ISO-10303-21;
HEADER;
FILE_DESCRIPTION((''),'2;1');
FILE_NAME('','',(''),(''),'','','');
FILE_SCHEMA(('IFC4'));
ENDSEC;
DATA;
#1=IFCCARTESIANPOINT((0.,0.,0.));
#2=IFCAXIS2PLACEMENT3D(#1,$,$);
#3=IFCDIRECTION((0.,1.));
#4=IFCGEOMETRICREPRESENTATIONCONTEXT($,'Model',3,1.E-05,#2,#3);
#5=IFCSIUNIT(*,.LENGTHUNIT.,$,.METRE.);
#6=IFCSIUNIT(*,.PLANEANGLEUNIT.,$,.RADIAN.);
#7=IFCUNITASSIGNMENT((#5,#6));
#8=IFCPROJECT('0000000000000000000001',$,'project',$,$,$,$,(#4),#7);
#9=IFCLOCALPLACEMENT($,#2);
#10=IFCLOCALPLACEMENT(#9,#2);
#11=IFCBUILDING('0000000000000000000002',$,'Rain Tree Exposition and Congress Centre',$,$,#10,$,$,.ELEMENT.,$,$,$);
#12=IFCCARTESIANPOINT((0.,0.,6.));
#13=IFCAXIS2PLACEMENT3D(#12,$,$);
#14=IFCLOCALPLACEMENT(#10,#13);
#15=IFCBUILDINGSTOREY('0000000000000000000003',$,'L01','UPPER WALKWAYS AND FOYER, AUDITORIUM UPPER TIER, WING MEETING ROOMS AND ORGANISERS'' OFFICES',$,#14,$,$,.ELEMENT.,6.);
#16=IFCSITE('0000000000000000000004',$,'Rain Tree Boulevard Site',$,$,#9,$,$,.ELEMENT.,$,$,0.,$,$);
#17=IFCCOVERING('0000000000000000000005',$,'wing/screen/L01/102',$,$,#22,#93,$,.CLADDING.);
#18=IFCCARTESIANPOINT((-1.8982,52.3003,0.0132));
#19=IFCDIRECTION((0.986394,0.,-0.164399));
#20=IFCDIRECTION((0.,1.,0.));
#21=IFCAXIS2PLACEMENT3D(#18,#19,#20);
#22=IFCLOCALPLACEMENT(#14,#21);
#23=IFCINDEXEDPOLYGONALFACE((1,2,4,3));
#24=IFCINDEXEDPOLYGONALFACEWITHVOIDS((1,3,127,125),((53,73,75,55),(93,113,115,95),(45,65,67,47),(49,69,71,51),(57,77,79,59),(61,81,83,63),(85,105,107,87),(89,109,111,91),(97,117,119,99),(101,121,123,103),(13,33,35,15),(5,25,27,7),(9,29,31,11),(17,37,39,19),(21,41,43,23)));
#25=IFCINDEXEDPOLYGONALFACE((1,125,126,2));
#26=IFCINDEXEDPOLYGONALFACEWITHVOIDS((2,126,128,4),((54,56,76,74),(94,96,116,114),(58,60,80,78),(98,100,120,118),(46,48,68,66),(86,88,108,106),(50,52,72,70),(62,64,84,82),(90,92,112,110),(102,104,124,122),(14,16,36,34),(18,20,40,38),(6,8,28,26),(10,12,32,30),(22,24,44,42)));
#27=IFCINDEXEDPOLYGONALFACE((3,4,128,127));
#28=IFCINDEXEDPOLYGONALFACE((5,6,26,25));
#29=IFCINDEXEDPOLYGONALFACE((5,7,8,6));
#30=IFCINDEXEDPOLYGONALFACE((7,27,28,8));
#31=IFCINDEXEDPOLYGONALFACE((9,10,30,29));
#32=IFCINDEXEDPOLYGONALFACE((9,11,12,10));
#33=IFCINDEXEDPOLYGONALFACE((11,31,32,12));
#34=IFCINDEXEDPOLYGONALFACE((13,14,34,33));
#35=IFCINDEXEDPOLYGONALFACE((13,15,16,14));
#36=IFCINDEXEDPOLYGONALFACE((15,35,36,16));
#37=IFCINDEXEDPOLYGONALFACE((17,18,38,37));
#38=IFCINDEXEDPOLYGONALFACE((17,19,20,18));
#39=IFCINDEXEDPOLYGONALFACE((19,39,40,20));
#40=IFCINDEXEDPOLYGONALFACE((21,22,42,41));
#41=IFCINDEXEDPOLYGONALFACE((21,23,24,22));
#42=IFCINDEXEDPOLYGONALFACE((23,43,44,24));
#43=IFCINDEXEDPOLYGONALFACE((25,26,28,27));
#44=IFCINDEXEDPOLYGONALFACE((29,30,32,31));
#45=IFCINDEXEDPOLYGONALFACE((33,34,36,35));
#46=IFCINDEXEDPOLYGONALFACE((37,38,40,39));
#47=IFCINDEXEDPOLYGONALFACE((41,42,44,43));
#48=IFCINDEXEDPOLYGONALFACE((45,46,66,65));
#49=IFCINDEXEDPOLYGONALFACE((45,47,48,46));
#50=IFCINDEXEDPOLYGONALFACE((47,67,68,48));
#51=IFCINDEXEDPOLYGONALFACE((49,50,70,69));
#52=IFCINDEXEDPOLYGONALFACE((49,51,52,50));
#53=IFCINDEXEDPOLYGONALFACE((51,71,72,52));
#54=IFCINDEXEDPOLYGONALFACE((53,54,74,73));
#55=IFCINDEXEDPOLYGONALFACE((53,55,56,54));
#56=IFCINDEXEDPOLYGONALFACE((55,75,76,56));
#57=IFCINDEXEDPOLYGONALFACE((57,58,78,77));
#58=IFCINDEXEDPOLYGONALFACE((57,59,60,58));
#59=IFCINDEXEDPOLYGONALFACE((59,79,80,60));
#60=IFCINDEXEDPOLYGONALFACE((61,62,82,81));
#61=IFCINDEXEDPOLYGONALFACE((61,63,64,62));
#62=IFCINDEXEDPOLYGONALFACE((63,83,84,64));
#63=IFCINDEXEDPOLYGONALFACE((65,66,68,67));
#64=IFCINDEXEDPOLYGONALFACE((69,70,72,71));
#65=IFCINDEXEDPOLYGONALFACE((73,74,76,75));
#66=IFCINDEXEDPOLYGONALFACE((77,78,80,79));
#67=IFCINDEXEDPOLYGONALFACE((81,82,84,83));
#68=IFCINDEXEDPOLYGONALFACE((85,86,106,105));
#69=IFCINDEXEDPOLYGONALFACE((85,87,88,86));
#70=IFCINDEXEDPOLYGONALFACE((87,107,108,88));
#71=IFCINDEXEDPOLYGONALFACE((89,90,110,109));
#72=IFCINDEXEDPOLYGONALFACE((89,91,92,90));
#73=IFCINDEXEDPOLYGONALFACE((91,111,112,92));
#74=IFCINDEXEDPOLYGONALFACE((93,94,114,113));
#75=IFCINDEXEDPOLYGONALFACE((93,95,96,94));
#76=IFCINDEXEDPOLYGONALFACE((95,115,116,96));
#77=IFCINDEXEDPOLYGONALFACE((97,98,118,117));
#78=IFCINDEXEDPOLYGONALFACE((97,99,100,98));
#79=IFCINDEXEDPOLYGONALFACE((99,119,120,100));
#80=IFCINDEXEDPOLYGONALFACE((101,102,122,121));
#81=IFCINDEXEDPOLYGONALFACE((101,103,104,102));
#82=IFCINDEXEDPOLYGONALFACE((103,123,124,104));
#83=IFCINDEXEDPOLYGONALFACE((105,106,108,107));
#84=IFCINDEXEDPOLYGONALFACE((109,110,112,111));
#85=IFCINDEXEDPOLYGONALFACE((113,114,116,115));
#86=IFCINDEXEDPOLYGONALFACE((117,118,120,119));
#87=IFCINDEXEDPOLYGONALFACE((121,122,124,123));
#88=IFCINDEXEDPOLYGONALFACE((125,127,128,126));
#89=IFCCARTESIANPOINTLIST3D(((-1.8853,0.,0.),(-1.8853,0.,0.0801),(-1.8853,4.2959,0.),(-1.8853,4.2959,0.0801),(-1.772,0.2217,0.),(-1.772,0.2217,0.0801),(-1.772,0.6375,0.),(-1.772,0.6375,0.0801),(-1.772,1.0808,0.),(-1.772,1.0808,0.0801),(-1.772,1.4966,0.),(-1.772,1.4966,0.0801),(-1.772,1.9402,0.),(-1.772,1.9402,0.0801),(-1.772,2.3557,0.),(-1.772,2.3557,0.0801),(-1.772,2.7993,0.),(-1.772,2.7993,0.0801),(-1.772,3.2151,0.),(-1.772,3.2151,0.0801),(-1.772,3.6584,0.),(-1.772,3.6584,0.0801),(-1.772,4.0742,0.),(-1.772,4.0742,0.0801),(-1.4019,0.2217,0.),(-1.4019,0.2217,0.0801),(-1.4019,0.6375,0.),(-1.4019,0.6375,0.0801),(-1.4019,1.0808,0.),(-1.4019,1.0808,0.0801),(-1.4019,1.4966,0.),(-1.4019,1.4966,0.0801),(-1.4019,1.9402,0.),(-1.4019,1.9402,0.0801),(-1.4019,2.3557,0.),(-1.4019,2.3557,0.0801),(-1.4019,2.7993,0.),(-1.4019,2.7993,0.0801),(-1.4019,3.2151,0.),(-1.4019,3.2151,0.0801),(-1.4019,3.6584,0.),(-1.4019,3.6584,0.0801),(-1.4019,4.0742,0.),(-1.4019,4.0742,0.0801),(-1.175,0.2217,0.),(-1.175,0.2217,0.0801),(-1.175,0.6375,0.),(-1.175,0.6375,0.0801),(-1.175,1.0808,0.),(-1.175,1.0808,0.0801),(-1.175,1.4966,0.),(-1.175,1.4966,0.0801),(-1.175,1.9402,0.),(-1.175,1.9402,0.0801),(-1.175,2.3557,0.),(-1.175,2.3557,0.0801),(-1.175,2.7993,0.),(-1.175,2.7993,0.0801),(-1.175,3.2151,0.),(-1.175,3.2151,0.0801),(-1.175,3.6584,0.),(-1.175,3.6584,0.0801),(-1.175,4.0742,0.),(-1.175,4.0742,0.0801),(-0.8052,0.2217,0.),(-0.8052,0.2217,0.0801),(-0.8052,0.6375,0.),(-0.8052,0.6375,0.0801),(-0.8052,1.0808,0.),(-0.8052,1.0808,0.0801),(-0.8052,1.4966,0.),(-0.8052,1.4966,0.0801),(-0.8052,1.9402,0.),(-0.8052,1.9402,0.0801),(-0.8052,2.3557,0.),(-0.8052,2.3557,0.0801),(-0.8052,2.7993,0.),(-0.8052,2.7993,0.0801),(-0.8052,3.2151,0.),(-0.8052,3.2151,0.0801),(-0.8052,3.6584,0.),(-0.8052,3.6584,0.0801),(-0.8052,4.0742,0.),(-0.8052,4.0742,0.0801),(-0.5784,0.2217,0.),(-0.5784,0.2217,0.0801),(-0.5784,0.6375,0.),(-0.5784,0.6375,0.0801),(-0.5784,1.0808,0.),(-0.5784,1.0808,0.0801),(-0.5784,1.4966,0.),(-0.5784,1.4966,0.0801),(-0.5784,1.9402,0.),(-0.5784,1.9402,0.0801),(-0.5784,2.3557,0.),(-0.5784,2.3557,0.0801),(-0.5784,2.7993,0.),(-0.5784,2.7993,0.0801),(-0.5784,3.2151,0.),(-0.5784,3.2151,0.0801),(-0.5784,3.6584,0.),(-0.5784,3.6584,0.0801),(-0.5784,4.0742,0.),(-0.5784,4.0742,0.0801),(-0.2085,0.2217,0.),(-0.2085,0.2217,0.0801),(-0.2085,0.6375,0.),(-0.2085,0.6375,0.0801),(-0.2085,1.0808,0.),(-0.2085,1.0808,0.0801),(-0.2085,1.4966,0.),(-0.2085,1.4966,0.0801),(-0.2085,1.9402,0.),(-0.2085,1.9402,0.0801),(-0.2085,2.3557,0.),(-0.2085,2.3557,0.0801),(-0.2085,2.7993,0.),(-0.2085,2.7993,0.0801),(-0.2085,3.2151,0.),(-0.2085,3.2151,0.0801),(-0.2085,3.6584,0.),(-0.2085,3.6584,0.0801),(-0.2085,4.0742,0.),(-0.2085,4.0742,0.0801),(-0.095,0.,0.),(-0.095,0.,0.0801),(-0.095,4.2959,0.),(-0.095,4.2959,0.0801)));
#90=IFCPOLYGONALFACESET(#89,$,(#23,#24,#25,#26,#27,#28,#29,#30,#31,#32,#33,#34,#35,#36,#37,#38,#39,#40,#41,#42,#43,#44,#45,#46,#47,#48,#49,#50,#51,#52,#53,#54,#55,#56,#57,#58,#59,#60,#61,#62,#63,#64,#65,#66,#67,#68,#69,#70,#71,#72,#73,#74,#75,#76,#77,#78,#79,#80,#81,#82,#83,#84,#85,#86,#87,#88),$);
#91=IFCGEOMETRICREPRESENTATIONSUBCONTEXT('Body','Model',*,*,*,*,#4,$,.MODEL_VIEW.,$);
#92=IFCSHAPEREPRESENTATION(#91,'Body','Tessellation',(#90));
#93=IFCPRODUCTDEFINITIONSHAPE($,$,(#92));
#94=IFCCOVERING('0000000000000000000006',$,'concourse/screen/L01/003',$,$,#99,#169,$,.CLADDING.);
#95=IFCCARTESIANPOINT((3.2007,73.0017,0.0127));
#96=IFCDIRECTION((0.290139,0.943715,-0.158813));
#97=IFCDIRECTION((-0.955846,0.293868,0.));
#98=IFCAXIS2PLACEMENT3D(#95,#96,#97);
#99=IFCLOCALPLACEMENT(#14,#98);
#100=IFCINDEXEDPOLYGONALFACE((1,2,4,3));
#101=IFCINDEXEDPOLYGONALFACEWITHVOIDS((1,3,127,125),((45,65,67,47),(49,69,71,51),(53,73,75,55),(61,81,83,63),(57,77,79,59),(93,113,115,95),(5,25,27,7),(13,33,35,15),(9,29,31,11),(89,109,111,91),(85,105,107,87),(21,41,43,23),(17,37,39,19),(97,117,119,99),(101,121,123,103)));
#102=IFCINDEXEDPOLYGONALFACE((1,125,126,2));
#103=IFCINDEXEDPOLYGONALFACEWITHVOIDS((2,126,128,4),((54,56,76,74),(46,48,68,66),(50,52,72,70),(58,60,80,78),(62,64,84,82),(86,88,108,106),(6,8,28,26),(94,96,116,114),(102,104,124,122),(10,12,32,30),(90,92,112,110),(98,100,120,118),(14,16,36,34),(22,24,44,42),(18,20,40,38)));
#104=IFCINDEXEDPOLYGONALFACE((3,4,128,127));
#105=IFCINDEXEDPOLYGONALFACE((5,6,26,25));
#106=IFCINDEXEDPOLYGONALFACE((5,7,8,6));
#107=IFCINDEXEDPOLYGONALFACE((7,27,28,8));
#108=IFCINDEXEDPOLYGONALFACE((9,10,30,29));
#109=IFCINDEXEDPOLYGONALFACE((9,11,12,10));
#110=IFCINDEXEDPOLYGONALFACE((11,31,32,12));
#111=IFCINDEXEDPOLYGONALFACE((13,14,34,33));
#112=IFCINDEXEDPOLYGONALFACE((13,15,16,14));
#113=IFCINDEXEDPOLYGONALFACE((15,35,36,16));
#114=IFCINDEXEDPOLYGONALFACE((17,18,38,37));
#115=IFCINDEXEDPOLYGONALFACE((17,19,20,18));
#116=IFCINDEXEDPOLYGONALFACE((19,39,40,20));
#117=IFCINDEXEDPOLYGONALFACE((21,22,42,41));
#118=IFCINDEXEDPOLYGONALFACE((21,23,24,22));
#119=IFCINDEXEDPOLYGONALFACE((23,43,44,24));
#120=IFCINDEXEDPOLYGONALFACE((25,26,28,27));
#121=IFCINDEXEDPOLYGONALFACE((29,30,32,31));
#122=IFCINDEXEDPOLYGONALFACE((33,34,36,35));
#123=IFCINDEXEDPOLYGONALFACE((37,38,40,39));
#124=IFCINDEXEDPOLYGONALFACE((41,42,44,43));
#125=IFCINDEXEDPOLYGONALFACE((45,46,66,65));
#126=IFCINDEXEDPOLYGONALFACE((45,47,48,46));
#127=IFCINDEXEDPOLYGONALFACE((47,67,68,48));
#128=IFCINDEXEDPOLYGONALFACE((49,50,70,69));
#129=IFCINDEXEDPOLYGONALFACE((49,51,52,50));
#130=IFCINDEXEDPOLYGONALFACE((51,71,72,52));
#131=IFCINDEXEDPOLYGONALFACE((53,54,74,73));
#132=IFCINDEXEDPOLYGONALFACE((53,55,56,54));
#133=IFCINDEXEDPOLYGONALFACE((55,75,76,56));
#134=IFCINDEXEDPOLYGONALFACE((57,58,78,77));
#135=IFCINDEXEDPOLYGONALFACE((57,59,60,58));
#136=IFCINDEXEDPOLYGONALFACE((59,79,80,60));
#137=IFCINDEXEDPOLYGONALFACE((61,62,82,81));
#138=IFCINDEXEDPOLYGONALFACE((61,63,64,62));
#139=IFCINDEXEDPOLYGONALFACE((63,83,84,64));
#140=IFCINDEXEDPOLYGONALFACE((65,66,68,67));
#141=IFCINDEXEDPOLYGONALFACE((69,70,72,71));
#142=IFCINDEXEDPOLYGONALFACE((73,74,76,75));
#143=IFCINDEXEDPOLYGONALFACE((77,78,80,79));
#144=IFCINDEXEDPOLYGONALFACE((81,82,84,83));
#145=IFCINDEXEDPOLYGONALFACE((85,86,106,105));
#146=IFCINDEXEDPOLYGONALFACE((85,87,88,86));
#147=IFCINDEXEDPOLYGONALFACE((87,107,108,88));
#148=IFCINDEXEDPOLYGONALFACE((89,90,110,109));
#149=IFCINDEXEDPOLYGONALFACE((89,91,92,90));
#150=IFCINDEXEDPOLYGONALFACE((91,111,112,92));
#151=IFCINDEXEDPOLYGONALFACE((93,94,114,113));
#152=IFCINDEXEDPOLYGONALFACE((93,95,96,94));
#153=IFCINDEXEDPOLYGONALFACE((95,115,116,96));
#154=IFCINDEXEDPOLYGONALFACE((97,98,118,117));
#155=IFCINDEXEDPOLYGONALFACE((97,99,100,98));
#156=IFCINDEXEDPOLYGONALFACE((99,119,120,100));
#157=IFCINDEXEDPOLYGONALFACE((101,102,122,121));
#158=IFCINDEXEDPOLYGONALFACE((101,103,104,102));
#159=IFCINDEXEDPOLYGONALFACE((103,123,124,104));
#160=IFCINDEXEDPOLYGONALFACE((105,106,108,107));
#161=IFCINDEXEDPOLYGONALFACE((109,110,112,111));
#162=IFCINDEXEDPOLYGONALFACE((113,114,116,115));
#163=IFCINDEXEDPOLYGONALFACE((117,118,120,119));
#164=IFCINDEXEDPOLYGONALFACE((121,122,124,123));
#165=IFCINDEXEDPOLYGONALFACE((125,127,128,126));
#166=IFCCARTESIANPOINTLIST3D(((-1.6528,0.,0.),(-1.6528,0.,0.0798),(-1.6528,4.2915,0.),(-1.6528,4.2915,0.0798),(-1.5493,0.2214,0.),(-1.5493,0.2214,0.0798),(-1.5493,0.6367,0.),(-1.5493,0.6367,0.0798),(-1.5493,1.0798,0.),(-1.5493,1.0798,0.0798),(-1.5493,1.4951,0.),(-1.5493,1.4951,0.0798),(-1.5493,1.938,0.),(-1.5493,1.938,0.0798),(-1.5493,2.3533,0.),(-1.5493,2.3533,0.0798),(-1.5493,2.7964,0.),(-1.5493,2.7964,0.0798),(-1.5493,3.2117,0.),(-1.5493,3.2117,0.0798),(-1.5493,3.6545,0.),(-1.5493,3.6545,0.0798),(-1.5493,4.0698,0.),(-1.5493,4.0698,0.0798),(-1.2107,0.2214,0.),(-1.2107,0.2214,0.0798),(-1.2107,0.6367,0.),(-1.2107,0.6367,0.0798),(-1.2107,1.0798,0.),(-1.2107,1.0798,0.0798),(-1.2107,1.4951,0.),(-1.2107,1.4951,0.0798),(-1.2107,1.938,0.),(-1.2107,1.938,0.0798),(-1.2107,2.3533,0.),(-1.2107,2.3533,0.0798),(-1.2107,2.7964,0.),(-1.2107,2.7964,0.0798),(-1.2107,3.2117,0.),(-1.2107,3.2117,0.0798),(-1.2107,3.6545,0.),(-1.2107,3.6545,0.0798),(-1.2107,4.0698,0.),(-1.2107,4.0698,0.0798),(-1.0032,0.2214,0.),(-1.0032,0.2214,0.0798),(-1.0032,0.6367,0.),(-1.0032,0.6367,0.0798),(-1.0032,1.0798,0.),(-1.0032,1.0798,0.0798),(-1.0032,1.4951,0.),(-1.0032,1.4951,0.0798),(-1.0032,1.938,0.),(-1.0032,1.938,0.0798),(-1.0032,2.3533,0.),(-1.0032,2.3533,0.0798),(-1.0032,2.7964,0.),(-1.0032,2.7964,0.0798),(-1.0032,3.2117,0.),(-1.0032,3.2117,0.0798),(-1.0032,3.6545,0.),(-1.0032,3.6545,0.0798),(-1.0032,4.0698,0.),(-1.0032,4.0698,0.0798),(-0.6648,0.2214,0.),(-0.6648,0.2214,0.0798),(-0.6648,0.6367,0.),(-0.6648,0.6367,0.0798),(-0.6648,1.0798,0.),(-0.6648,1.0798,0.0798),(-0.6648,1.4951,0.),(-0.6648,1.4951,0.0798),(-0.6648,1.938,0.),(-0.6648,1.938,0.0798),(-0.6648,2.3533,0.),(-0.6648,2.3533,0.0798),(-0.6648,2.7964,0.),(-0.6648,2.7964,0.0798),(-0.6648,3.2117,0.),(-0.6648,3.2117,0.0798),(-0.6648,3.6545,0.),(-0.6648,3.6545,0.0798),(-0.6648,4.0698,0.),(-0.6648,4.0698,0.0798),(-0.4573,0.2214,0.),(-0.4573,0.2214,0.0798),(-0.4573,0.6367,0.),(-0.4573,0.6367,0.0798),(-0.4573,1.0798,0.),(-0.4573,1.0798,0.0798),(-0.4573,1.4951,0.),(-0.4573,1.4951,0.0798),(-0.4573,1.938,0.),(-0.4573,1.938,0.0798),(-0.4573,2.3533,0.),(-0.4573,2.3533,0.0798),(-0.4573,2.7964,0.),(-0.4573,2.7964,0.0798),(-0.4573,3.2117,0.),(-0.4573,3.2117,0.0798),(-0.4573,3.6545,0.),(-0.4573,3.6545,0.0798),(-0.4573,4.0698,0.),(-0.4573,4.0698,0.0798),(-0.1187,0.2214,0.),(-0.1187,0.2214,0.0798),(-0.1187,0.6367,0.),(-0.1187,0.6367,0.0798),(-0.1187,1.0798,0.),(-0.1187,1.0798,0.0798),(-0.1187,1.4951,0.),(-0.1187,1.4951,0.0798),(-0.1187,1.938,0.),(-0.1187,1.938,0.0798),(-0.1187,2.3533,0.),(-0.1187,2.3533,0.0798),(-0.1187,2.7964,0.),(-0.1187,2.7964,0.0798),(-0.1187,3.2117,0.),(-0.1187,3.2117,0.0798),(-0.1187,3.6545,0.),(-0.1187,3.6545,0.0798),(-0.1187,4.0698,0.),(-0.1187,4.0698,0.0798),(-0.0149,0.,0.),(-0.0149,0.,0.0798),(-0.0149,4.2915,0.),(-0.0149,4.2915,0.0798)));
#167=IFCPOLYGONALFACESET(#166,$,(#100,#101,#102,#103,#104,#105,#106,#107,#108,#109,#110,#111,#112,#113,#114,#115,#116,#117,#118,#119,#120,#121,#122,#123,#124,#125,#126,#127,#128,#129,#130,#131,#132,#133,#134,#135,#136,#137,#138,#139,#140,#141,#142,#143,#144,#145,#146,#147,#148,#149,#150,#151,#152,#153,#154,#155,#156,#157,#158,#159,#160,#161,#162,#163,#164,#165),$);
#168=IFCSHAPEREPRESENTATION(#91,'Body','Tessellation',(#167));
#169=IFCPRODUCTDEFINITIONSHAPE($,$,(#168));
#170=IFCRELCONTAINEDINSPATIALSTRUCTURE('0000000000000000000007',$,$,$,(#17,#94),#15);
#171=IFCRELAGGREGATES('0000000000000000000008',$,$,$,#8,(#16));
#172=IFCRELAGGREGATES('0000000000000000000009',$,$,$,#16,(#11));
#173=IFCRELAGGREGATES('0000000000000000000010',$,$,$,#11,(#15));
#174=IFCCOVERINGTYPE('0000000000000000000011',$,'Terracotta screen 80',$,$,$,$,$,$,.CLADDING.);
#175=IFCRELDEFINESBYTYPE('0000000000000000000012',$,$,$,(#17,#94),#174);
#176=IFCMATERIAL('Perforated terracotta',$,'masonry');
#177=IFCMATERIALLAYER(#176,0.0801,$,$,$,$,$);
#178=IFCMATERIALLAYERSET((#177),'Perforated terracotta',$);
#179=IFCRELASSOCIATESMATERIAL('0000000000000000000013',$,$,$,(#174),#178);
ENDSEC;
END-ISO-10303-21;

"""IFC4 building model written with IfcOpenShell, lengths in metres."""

from ifc_helpers import new_model, si_unit, direction, frame, origin, place, context, subcontext, project, spatial, polyline, outline, extrude, material, layer, layer_set, type_object, element, save


model = new_model("IFC4")

# Units and contexts
model_context = context("Model", 3, precision=1e-05, world=origin(), true_north=direction((0.0, 1.0)))
body_context = subcontext(model_context, "Body", "Model", "MODEL_VIEW")
ifc_project = project(units=[si_unit("LENGTHUNIT", "METRE"), si_unit("PLANEANGLEUNIT", "RADIAN")], contexts=[model_context])

# Site, building, storey
site_placement = place(None, origin())
site = spatial("IfcSite", under=ifc_project, at=site_placement, Name="Rain Tree Boulevard Site", CompositionType="ELEMENT", RefElevation=0.0)
building_placement = place(site_placement, origin())
building = spatial("IfcBuilding", under=site, at=building_placement, Name="Rain Tree Exposition and Congress Centre", CompositionType="ELEMENT")
storey_placement = place(building_placement, frame((0.0, 0.0, 6.0)))
storey = spatial("IfcBuildingStorey", under=building, at=storey_placement, Name="L01", Description="UPPER WALKWAYS AND FOYER, AUDITORIUM UPPER TIER, WING MEETING ROOMS AND ORGANISERS' OFFICES", CompositionType="ELEMENT", Elevation=6.0)

# Coverings
ifc_material_1 = material(Name="Perforated terracotta", Category="masonry")
ifc_layer = layer(ifc_material_1, 0.0801)
ifc_layer_set = layer_set([ifc_layer], Name="Perforated terracotta")
covering_type = type_object("IfcCoveringType", Name="Terracotta screen 80", PredefinedType="CLADDING", material=ifc_layer_set)
covering_1_placement = place(storey_placement, frame((-1.8982, 52.3003, 0.0132), z_axis=(0.986394, 0.0, -0.164399), x_axis=(0.0, 1.0, 0.0)))
element("IfcCovering", 1, at=covering_1_placement, inside=storey, type_object=covering_type, Name="wing/screen/L01/102", PredefinedType="CLADDING", context=body_context, shape_type="SweptSolid", body=[
    extrude(outline(polyline([(-1.8853, 0.0), (-1.8853, 4.2959), (-0.095, 4.2959), (-0.095, 0.0), (-1.8853, 0.0)]), holes=[polyline([(-0.2085, 0.2217), (-0.2085, 0.6375), (-0.5784, 0.6375), (-0.5784, 0.2217), (-0.2085, 0.2217)]), polyline([(-0.2085, 1.0808), (-0.2085, 1.4966), (-0.5784, 1.4966), (-0.5784, 1.0808), (-0.2085, 1.0808)]), polyline([(-0.2085, 1.9402), (-0.2085, 2.3557), (-0.5784, 2.3557), (-0.5784, 1.9402), (-0.2085, 1.9402)]), polyline([(-0.2085, 2.7993), (-0.2085, 3.2151), (-0.5784, 3.2151), (-0.5784, 2.7993), (-0.2085, 2.7993)]), polyline([(-0.2085, 3.6584), (-0.2085, 4.0742), (-0.5784, 4.0742), (-0.5784, 3.6584), (-0.2085, 3.6584)]), polyline([(-0.8052, 0.2217), (-0.8052, 0.6375), (-1.175, 0.6375), (-1.175, 0.2217), (-0.8052, 0.2217)]), polyline([(-0.8052, 1.0808), (-0.8052, 1.4966), (-1.175, 1.4966), (-1.175, 1.0808), (-0.8052, 1.0808)]), polyline([(-0.8052, 1.9402), (-0.8052, 2.3557), (-1.175, 2.3557), (-1.175, 1.9402), (-0.8052, 1.9402)]), polyline([(-0.8052, 2.7993), (-0.8052, 3.2151), (-1.175, 3.2151), (-1.175, 2.7993), (-0.8052, 2.7993)]), polyline([(-0.8052, 3.6584), (-0.8052, 4.0742), (-1.175, 4.0742), (-1.175, 3.6584), (-0.8052, 3.6584)]), polyline([(-1.4019, 0.2217), (-1.4019, 0.6375), (-1.772, 0.6375), (-1.772, 0.2217), (-1.4019, 0.2217)]), polyline([(-1.4019, 1.0808), (-1.4019, 1.4966), (-1.772, 1.4966), (-1.772, 1.0808), (-1.4019, 1.0808)]), polyline([(-1.4019, 1.9402), (-1.4019, 2.3557), (-1.772, 2.3557), (-1.772, 1.9402), (-1.4019, 1.9402)]), polyline([(-1.4019, 2.7993), (-1.4019, 3.2151), (-1.772, 3.2151), (-1.772, 2.7993), (-1.4019, 2.7993)]), polyline([(-1.4019, 3.6584), (-1.4019, 4.0742), (-1.772, 4.0742), (-1.772, 3.6584), (-1.4019, 3.6584)])]), origin(), (0.0, 0.0, 1.0), 0.0801),
])
covering_2_placement = place(storey_placement, frame((3.2007, 73.0017, 0.0127), z_axis=(0.290139, 0.943715, -0.158813), x_axis=(-0.955846, 0.293868, 0.0)))
element("IfcCovering", 2, at=covering_2_placement, inside=storey, type_object=covering_type, Name="concourse/screen/L01/003", PredefinedType="CLADDING", context=body_context, shape_type="SweptSolid", body=[
    extrude(outline(polyline([(-1.6528, 0.0), (-1.6528, 4.2915), (-0.0149, 4.2915), (-0.0149, 0.0), (-1.6528, 0.0)]), holes=[polyline([(-0.1187, 0.2214), (-0.1187, 0.6367), (-0.4573, 0.6367), (-0.4573, 0.2214), (-0.1187, 0.2214)]), polyline([(-0.1187, 1.0798), (-0.1187, 1.4951), (-0.4573, 1.4951), (-0.4573, 1.0798), (-0.1187, 1.0798)]), polyline([(-0.1187, 1.938), (-0.1187, 2.3533), (-0.4573, 2.3533), (-0.4573, 1.938), (-0.1187, 1.938)]), polyline([(-0.1187, 2.7964), (-0.1187, 3.2117), (-0.4573, 3.2117), (-0.4573, 2.7964), (-0.1187, 2.7964)]), polyline([(-0.1187, 3.6545), (-0.1187, 4.0698), (-0.4573, 4.0698), (-0.4573, 3.6545), (-0.1187, 3.6545)]), polyline([(-0.6648, 0.2214), (-0.6648, 0.6367), (-1.0032, 0.6367), (-1.0032, 0.2214), (-0.6648, 0.2214)]), polyline([(-0.6648, 1.0798), (-0.6648, 1.4951), (-1.0032, 1.4951), (-1.0032, 1.0798), (-0.6648, 1.0798)]), polyline([(-0.6648, 1.938), (-0.6648, 2.3533), (-1.0032, 2.3533), (-1.0032, 1.938), (-0.6648, 1.938)]), polyline([(-0.6648, 2.7964), (-0.6648, 3.2117), (-1.0032, 3.2117), (-1.0032, 2.7964), (-0.6648, 2.7964)]), polyline([(-0.6648, 3.6545), (-0.6648, 4.0698), (-1.0032, 4.0698), (-1.0032, 3.6545), (-0.6648, 3.6545)]), polyline([(-1.2107, 0.2214), (-1.2107, 0.6367), (-1.5493, 0.6367), (-1.5493, 0.2214), (-1.2107, 0.2214)]), polyline([(-1.2107, 1.0798), (-1.2107, 1.4951), (-1.5493, 1.4951), (-1.5493, 1.0798), (-1.2107, 1.0798)]), polyline([(-1.2107, 1.938), (-1.2107, 2.3533), (-1.5493, 2.3533), (-1.5493, 1.938), (-1.2107, 1.938)]), polyline([(-1.2107, 2.7964), (-1.2107, 3.2117), (-1.5493, 3.2117), (-1.5493, 2.7964), (-1.2107, 2.7964)]), polyline([(-1.2107, 3.6545), (-1.2107, 4.0698), (-1.5493, 4.0698), (-1.5493, 3.6545), (-1.2107, 3.6545)])]), origin(), (0.0, 0.0, 1.0), 0.0798),
])

save(model, "model.ifc")
